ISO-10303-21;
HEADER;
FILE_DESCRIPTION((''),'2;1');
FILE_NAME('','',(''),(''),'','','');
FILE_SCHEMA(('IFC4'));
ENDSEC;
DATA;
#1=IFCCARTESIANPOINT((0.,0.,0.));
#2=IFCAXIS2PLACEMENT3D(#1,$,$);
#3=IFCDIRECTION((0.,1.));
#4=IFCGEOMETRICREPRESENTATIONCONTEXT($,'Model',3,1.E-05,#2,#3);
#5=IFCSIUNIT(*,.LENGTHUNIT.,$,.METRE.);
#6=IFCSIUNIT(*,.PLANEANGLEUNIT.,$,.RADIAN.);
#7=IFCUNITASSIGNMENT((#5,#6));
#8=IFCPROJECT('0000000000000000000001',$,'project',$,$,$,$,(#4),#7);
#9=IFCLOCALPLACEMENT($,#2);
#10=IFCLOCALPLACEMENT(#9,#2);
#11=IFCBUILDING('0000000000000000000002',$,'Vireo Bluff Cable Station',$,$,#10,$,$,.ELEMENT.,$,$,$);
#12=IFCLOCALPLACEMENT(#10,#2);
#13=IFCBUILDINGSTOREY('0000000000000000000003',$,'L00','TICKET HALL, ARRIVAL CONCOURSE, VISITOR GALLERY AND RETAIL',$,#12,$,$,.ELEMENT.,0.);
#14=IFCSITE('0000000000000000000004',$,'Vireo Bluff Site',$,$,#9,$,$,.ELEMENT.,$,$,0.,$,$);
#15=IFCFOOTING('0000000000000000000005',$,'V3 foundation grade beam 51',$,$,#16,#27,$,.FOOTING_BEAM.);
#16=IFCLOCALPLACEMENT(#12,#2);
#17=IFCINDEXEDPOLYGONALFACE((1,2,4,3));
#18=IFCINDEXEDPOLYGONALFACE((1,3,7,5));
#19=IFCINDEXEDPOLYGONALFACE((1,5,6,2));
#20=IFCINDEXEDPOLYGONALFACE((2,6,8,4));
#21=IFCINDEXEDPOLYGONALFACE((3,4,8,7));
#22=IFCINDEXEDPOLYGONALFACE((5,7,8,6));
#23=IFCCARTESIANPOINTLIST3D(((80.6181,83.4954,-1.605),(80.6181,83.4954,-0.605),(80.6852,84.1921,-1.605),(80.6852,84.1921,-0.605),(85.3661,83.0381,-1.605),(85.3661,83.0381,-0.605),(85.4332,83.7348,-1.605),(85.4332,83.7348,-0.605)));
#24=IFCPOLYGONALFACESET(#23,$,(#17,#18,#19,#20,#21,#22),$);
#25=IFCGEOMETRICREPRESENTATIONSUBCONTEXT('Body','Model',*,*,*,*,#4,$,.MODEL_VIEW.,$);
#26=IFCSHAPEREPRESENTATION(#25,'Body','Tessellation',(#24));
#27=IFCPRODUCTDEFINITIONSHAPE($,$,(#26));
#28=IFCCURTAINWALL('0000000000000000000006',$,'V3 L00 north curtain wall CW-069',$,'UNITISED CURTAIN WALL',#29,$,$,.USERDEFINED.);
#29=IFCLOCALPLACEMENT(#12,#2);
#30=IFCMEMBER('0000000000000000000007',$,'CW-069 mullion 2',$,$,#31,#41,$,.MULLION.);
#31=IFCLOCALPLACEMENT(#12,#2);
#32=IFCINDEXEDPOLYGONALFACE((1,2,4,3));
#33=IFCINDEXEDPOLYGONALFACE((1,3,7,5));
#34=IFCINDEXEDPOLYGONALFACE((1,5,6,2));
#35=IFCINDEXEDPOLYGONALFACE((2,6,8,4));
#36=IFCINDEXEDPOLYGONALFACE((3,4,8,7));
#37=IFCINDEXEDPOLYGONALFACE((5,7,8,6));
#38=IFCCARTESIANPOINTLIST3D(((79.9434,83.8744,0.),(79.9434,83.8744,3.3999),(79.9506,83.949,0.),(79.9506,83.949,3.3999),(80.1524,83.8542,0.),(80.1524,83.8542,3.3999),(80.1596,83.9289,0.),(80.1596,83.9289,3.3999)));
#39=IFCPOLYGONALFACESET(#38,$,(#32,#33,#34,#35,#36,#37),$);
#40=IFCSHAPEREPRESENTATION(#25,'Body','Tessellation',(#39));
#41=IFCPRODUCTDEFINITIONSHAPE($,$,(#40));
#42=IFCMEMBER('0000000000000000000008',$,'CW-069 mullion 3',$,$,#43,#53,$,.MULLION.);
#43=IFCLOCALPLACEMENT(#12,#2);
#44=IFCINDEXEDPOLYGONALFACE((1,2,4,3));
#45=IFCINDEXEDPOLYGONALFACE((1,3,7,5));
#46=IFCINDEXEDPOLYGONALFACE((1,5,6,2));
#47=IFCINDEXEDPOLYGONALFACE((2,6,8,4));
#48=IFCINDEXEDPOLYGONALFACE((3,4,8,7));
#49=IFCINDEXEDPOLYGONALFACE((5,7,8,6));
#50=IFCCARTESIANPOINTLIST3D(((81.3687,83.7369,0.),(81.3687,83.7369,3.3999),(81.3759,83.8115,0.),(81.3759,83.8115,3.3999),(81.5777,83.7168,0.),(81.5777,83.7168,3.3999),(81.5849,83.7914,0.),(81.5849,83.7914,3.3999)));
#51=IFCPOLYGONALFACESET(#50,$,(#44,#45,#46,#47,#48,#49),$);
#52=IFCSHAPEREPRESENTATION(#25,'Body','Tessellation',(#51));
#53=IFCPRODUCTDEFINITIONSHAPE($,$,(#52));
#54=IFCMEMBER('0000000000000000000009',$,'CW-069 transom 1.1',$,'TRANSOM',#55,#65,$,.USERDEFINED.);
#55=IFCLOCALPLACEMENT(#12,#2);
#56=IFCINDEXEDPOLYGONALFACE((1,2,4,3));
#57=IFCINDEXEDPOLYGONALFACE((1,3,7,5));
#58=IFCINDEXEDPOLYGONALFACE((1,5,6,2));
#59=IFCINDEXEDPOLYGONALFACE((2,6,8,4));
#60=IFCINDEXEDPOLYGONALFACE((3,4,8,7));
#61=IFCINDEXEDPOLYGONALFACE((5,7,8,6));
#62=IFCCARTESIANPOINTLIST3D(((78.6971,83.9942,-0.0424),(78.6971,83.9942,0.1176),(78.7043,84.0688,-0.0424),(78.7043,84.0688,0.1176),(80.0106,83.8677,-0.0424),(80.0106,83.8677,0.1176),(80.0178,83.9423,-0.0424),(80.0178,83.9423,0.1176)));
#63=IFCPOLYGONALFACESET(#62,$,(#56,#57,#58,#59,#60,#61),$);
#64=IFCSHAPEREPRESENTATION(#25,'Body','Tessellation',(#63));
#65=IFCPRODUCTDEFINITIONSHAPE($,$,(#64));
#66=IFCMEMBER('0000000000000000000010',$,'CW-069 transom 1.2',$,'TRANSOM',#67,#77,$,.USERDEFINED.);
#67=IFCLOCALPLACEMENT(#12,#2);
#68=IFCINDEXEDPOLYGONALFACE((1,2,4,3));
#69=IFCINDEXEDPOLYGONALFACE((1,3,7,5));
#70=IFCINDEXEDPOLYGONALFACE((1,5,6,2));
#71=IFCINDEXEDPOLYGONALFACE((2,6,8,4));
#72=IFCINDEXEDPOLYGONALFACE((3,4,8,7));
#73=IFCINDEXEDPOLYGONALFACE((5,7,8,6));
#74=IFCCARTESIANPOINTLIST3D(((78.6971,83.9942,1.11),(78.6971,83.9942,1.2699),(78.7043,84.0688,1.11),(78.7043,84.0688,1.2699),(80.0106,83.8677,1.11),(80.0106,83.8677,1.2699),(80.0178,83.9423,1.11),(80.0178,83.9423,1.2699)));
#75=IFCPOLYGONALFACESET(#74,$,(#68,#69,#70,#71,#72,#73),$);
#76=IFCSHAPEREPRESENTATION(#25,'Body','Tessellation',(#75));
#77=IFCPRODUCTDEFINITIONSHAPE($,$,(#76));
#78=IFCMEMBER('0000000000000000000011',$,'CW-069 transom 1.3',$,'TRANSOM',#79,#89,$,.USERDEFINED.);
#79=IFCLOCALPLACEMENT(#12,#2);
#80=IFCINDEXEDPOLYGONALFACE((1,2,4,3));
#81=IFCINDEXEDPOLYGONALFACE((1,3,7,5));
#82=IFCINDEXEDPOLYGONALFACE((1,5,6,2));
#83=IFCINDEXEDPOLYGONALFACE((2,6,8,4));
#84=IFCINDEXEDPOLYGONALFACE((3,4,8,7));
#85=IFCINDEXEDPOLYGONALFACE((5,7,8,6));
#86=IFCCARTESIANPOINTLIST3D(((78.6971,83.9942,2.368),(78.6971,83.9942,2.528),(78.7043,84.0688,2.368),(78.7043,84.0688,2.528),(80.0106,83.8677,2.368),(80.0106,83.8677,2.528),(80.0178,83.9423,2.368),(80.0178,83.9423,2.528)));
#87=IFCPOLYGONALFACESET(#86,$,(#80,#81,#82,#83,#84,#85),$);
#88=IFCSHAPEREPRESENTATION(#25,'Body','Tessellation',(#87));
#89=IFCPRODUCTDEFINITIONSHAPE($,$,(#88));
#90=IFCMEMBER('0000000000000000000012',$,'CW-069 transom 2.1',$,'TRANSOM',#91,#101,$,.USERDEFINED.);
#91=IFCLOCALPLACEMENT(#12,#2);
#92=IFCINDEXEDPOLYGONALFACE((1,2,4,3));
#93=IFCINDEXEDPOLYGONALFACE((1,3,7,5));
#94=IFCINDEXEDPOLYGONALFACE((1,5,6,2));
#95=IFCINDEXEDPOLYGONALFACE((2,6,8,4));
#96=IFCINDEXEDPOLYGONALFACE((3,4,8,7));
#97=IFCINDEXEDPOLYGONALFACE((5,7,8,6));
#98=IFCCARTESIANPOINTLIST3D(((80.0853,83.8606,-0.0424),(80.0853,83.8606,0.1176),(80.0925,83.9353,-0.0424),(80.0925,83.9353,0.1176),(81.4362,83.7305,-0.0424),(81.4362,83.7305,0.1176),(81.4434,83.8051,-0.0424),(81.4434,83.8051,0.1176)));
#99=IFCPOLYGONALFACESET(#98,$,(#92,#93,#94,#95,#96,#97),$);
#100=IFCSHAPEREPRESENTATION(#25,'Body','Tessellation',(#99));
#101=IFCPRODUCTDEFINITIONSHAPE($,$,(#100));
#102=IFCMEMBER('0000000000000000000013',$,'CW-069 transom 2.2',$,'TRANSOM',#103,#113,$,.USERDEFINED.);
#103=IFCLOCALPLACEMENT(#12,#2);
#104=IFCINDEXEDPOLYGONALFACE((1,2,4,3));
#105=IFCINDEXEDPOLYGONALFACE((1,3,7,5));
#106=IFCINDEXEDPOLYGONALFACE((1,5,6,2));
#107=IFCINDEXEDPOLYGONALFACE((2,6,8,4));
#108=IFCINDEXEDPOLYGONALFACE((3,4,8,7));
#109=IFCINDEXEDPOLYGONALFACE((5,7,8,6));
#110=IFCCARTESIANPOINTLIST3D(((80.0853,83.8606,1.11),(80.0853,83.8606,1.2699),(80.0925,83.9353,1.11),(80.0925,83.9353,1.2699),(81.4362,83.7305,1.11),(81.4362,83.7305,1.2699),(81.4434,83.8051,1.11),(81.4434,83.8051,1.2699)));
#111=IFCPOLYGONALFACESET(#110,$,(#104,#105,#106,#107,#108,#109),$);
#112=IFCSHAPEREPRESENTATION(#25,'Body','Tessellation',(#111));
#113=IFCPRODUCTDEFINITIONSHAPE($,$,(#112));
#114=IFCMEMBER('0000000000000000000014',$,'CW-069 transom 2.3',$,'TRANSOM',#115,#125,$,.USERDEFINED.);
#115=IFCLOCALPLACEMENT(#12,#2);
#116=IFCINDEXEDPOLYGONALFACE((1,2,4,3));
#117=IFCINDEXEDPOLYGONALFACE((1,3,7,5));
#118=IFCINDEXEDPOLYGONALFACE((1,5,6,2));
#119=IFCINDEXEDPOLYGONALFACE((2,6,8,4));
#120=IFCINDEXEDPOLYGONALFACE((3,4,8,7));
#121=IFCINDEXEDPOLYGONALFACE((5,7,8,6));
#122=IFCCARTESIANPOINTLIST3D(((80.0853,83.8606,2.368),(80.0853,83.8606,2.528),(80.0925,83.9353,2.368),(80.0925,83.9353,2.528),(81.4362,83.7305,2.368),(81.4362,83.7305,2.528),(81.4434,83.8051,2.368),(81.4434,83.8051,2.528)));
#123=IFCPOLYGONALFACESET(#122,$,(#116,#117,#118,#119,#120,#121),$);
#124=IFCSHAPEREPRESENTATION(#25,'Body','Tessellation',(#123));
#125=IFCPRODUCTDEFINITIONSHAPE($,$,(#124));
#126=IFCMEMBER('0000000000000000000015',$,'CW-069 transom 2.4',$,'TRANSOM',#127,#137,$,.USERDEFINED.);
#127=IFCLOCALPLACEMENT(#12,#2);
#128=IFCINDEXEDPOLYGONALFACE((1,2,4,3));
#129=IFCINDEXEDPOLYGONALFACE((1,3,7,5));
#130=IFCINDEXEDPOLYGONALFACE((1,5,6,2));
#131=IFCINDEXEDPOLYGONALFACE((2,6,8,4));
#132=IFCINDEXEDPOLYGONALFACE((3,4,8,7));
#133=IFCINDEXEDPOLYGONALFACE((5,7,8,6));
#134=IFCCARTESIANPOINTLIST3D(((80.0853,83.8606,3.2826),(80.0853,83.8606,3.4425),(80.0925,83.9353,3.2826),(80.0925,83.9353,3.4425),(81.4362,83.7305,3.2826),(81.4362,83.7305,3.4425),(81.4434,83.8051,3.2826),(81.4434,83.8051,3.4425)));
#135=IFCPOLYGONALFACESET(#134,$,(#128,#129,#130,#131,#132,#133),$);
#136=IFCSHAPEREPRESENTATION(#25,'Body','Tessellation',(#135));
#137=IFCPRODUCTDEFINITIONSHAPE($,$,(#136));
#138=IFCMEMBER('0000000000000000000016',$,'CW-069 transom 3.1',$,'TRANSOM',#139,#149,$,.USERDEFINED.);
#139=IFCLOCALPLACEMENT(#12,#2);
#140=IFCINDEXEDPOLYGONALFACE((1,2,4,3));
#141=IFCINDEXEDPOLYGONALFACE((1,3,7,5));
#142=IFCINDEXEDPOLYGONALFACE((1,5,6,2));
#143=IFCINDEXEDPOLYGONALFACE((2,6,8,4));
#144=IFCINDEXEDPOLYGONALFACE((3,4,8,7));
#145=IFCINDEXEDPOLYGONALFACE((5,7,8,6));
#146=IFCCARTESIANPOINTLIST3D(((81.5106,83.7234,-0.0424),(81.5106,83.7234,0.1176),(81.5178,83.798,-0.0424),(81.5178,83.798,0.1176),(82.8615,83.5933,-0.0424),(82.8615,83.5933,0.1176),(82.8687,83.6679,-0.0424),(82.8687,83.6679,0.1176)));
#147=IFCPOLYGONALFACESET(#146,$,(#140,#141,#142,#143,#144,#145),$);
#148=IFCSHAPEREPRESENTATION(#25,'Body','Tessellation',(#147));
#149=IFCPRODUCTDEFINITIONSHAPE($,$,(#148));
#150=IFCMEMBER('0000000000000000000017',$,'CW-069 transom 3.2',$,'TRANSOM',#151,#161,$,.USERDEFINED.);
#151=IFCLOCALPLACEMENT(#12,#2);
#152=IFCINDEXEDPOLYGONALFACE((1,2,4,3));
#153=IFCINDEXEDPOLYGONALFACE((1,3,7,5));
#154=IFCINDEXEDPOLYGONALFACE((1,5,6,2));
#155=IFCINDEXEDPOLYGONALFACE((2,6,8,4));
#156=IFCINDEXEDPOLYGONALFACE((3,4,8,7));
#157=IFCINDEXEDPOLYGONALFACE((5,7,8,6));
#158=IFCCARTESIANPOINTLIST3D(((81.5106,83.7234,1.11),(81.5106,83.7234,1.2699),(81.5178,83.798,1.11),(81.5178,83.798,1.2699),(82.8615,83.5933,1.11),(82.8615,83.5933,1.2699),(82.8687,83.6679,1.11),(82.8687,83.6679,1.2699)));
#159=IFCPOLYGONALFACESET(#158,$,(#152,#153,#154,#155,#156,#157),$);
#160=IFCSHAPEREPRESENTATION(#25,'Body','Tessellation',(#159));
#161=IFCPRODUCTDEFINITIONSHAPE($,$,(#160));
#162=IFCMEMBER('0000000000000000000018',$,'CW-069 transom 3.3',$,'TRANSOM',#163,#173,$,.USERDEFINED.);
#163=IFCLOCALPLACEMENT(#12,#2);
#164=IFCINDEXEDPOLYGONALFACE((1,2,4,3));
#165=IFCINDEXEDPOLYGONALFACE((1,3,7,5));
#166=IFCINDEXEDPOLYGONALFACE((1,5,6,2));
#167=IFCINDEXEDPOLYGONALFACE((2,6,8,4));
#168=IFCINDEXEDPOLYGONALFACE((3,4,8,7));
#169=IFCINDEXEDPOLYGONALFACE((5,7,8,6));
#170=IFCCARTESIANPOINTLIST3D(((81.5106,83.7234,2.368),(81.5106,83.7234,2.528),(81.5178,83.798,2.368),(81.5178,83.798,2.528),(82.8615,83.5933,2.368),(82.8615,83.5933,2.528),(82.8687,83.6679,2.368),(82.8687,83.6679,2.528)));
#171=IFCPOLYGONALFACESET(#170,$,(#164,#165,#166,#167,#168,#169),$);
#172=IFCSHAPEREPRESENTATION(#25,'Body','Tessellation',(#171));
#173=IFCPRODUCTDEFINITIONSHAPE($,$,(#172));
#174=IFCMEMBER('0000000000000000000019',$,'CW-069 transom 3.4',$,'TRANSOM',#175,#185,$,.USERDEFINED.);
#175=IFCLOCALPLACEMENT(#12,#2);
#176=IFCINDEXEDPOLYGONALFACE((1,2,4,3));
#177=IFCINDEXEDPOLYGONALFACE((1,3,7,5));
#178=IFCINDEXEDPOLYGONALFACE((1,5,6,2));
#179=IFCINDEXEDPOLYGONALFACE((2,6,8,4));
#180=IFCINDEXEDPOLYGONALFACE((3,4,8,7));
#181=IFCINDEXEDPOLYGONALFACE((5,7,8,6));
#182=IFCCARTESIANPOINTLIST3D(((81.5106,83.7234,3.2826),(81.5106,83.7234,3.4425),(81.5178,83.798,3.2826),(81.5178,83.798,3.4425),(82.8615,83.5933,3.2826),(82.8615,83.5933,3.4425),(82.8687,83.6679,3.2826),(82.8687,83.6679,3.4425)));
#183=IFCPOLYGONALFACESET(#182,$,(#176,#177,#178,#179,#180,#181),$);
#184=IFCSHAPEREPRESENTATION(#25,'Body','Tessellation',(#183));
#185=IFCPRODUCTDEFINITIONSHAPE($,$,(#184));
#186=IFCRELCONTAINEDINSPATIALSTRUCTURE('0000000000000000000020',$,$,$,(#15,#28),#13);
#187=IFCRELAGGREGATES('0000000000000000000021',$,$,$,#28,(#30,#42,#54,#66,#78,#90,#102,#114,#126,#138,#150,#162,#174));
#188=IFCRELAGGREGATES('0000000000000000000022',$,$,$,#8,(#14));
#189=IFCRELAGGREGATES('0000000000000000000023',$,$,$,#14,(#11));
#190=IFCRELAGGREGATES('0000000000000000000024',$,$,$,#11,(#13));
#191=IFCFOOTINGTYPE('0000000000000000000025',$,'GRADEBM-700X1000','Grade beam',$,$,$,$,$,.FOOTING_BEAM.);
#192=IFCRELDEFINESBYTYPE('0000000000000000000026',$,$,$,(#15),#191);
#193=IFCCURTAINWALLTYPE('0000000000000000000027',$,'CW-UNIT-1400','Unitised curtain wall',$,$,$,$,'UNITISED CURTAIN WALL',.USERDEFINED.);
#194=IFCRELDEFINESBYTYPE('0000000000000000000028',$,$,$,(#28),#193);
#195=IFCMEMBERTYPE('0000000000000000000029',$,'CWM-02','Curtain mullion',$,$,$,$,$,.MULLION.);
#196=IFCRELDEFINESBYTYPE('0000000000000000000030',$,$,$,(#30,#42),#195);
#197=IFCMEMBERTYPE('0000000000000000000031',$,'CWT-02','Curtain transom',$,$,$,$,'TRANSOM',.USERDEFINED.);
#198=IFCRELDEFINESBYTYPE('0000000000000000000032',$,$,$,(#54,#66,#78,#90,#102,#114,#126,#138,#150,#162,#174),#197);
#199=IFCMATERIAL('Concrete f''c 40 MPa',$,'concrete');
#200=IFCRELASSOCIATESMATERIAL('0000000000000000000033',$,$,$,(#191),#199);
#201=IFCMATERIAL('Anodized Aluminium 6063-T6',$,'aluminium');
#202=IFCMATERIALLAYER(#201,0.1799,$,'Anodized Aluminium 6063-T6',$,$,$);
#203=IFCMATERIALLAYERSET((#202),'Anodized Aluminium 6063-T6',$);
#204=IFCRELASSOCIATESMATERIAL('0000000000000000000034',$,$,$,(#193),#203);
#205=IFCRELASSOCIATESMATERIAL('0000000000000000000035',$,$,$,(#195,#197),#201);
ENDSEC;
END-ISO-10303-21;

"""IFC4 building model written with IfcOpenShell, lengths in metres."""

from ifc_helpers import new_model, si_unit, direction, frame, origin, origin_2d, place, context, subcontext, project, spatial, rectangle, extrude, material, layer, layer_set, material_profile, profile_set, type_object, element, aggregate, save


model = new_model("IFC4")

# Units and contexts
model_context = context("Model", 3, precision=1e-05, world=origin(), true_north=direction((0.0, 1.0)))
body_context = subcontext(model_context, "Body", "Model", "MODEL_VIEW")
ifc_project = project(units=[si_unit("LENGTHUNIT", "METRE"), si_unit("PLANEANGLEUNIT", "RADIAN")], contexts=[model_context])

# Site, building, storey
site_placement = place(None, origin())
site = spatial("IfcSite", under=ifc_project, at=site_placement, Name="Vireo Bluff Site", CompositionType="ELEMENT", RefElevation=0.0)
building_placement = place(site_placement, origin())
building = spatial("IfcBuilding", under=site, at=building_placement, Name="Vireo Bluff Cable Station", CompositionType="ELEMENT")
storey_placement = place(building_placement, origin())
storey = spatial("IfcBuildingStorey", under=building, at=storey_placement, Name="L00", Description="TICKET HALL, ARRIVAL CONCOURSE, VISITOR GALLERY AND RETAIL", CompositionType="ELEMENT", Elevation=0.0)

# Footing
ifc_material_1 = material(Name="Concrete f'c 40 MPa", Category="concrete")
ifc_material_profile_1 = material_profile(ifc_material_1, rectangle(XDim=0.7, YDim=1.0, at=origin_2d()), Name="GRADEBM-700X1000")
ifc_profile_set_1 = profile_set([ifc_material_profile_1], Name="Concrete f'c 40 MPa")
footing_type = type_object("IfcFootingType", Name="GRADEBM-700X1000", Description="Grade beam", PredefinedType="FOOTING_BEAM", material=ifc_profile_set_1)
footing_placement = place(storey_placement, frame((80.6516, 83.8438, -1.105), z_axis=(0.995394, -0.095865, 0.0), x_axis=(0.095865, 0.995394, 0.0)))
element("IfcFooting", 1, at=footing_placement, inside=storey, type_object=footing_type, Name="V3 foundation grade beam 51", PredefinedType="FOOTING_BEAM", context=body_context, shape_type="SweptSolid", body=[
    extrude(rectangle(XDim=0.7, YDim=1.0, at=origin_2d()), origin(), (0.0, 0.0, 1.0), 4.77),
])

# Curtain wall, members
ifc_material_2 = material(Name="Anodized Aluminium 6063-T6", Category="aluminium")
ifc_layer_1 = layer(ifc_material_2, 0.1799, Name="Anodized Aluminium 6063-T6")
ifc_layer_set_1 = layer_set([ifc_layer_1], Name="Anodized Aluminium 6063-T6")
curtain_wall_type_1 = type_object("IfcCurtainWallType", Name="CW-UNIT-1400", Description="Unitised curtain wall", ElementType="UNITISED CURTAIN WALL", PredefinedType="USERDEFINED", material=ifc_layer_set_1)
curtain_wall_1_placement = place(storey_placement, origin())
curtain_wall_1 = element("IfcCurtainWall", 2, at=curtain_wall_1_placement, inside=storey, type_object=curtain_wall_type_1, Name="V3 L00 north curtain wall CW-069", ObjectType="UNITISED CURTAIN WALL", PredefinedType="USERDEFINED")
ifc_material_profile_2 = material_profile(ifc_material_2, rectangle(XDim=0.075, YDim=0.21, at=origin_2d()), Name="ALU-M-75X210")
ifc_profile_set_2 = profile_set([ifc_material_profile_2], Name="Anodized Aluminium 6063-T6")
member_type_1 = type_object("IfcMemberType", Name="CWM-02", Description="Curtain mullion", PredefinedType="MULLION", material=ifc_profile_set_2)
member_1_placement = place(storey_placement, frame((80.0515, 83.9016, 0.0), z_axis=(0.0, 0.0, 1.0), x_axis=(0.095846, 0.995396, 0.0)))
member_1 = element("IfcMember", 3, at=member_1_placement, type_object=member_type_1, Name="CW-069 mullion 2", PredefinedType="MULLION", context=body_context, shape_type="SweptSolid", body=[
    extrude(rectangle(XDim=0.075, YDim=0.21, at=origin_2d()), origin(), (0.0, 0.0, 1.0), 3.3999),
])
member_2_placement = place(storey_placement, frame((81.4768, 83.7642, 0.0), z_axis=(0.0, 0.0, 1.0), x_axis=(0.095846, 0.995396, 0.0)))
member_2 = element("IfcMember", 4, at=member_2_placement, type_object=member_type_1, Name="CW-069 mullion 3", PredefinedType="MULLION", context=body_context, shape_type="SweptSolid", body=[
    extrude(rectangle(XDim=0.075, YDim=0.21, at=origin_2d()), origin(), (0.0, 0.0, 1.0), 3.3999),
])
ifc_material_profile_3 = material_profile(ifc_material_2, rectangle(XDim=0.075, YDim=0.1599, at=origin_2d()), Name="ALU-T-75X160")
ifc_profile_set_3 = profile_set([ifc_material_profile_3], Name="Anodized Aluminium 6063-T6")
member_type_2 = type_object("IfcMemberType", Name="CWT-02", Description="Curtain transom", ElementType="TRANSOM", PredefinedType="USERDEFINED", material=ifc_profile_set_3)
member_3_placement = place(storey_placement, frame((78.7007, 84.0315, 0.0376), z_axis=(0.995397, -0.095839, 0.0), x_axis=(0.095839, 0.995397, 0.0)))
member_3 = element("IfcMember", 5, at=member_3_placement, type_object=member_type_2, Name="CW-069 transom 1.1", ObjectType="TRANSOM", PredefinedType="USERDEFINED", context=body_context, shape_type="SweptSolid", body=[
    extrude(rectangle(XDim=0.075, YDim=0.1599, at=origin_2d()), origin(), (0.0, 0.0, 1.0), 1.3196),
])
member_4_placement = place(storey_placement, frame((78.7007, 84.0315, 1.1899), z_axis=(0.995397, -0.095839, 0.0), x_axis=(0.095839, 0.995397, 0.0)))
member_4 = element("IfcMember", 6, at=member_4_placement, type_object=member_type_2, Name="CW-069 transom 1.2", ObjectType="TRANSOM", PredefinedType="USERDEFINED", context=body_context, shape_type="SweptSolid", body=[
    extrude(rectangle(XDim=0.075, YDim=0.1599, at=origin_2d()), origin(), (0.0, 0.0, 1.0), 1.3196),
])
member_5_placement = place(storey_placement, frame((78.7007, 84.0315, 2.448), z_axis=(0.995397, -0.095839, 0.0), x_axis=(0.095839, 0.995397, 0.0)))
member_5 = element("IfcMember", 7, at=member_5_placement, type_object=member_type_2, Name="CW-069 transom 1.3", ObjectType="TRANSOM", PredefinedType="USERDEFINED", context=body_context, shape_type="SweptSolid", body=[
    extrude(rectangle(XDim=0.075, YDim=0.1599, at=origin_2d()), origin(), (0.0, 0.0, 1.0), 1.3196),
])
member_6_placement = place(storey_placement, frame((80.0889, 83.8979, 0.0376), z_axis=(0.995392, -0.095887, 0.0), x_axis=(0.095887, 0.995392, 0.0)))
member_6 = element("IfcMember", 8, at=member_6_placement, type_object=member_type_2, Name="CW-069 transom 2.1", ObjectType="TRANSOM", PredefinedType="USERDEFINED", context=body_context, shape_type="SweptSolid", body=[
    extrude(rectangle(XDim=0.075, YDim=0.1599, at=origin_2d()), origin(), (0.0, 0.0, 1.0), 1.3572),
])
member_7_placement = place(storey_placement, frame((80.0889, 83.8979, 1.1899), z_axis=(0.995392, -0.095887, 0.0), x_axis=(0.095887, 0.995392, 0.0)))
member_7 = element("IfcMember", 9, at=member_7_placement, type_object=member_type_2, Name="CW-069 transom 2.2", ObjectType="TRANSOM", PredefinedType="USERDEFINED", context=body_context, shape_type="SweptSolid", body=[
    extrude(rectangle(XDim=0.075, YDim=0.1599, at=origin_2d()), origin(), (0.0, 0.0, 1.0), 1.3572),
])
member_8_placement = place(storey_placement, frame((80.0889, 83.8979, 2.448), z_axis=(0.995392, -0.095887, 0.0), x_axis=(0.095887, 0.995392, 0.0)))
member_8 = element("IfcMember", 10, at=member_8_placement, type_object=member_type_2, Name="CW-069 transom 2.3", ObjectType="TRANSOM", PredefinedType="USERDEFINED", context=body_context, shape_type="SweptSolid", body=[
    extrude(rectangle(XDim=0.075, YDim=0.1599, at=origin_2d()), origin(), (0.0, 0.0, 1.0), 1.3572),
])
member_9_placement = place(storey_placement, frame((80.0889, 83.8979, 3.3625), z_axis=(0.995392, -0.095887, 0.0), x_axis=(0.095887, 0.995392, 0.0)))
member_9 = element("IfcMember", 11, at=member_9_placement, type_object=member_type_2, Name="CW-069 transom 2.4", ObjectType="TRANSOM", PredefinedType="USERDEFINED", context=body_context, shape_type="SweptSolid", body=[
    extrude(rectangle(XDim=0.075, YDim=0.1599, at=origin_2d()), origin(), (0.0, 0.0, 1.0), 1.3572),
])
member_10_placement = place(storey_placement, frame((81.5142, 83.7607, 0.0376), z_axis=(0.995392, -0.095887, 0.0), x_axis=(0.095887, 0.995392, 0.0)))
member_10 = element("IfcMember", 12, at=member_10_placement, type_object=member_type_2, Name="CW-069 transom 3.1", ObjectType="TRANSOM", PredefinedType="USERDEFINED", context=body_context, shape_type="SweptSolid", body=[
    extrude(rectangle(XDim=0.075, YDim=0.1599, at=origin_2d()), origin(), (0.0, 0.0, 1.0), 1.3572),
])
member_11_placement = place(storey_placement, frame((81.5142, 83.7607, 1.1899), z_axis=(0.995392, -0.095887, 0.0), x_axis=(0.095887, 0.995392, 0.0)))
member_11 = element("IfcMember", 13, at=member_11_placement, type_object=member_type_2, Name="CW-069 transom 3.2", ObjectType="TRANSOM", PredefinedType="USERDEFINED", context=body_context, shape_type="SweptSolid", body=[
    extrude(rectangle(XDim=0.075, YDim=0.1599, at=origin_2d()), origin(), (0.0, 0.0, 1.0), 1.3572),
])
member_12_placement = place(storey_placement, frame((81.5142, 83.7607, 2.448), z_axis=(0.995392, -0.095887, 0.0), x_axis=(0.095887, 0.995392, 0.0)))
member_12 = element("IfcMember", 14, at=member_12_placement, type_object=member_type_2, Name="CW-069 transom 3.3", ObjectType="TRANSOM", PredefinedType="USERDEFINED", context=body_context, shape_type="SweptSolid", body=[
    extrude(rectangle(XDim=0.075, YDim=0.1599, at=origin_2d()), origin(), (0.0, 0.0, 1.0), 1.3572),
])
member_13_placement = place(storey_placement, frame((81.5142, 83.7607, 3.3625), z_axis=(0.995392, -0.095887, 0.0), x_axis=(0.095887, 0.995392, 0.0)))
member_13 = element("IfcMember", 15, at=member_13_placement, type_object=member_type_2, Name="CW-069 transom 3.4", ObjectType="TRANSOM", PredefinedType="USERDEFINED", context=body_context, shape_type="SweptSolid", body=[
    extrude(rectangle(XDim=0.075, YDim=0.1599, at=origin_2d()), origin(), (0.0, 0.0, 1.0), 1.3572),
])

aggregate(curtain_wall_1, [member_1, member_2, member_3, member_4, member_5, member_6, member_7, member_8, member_9, member_10, member_11, member_12, member_13])

save(model, "model.ifc")
